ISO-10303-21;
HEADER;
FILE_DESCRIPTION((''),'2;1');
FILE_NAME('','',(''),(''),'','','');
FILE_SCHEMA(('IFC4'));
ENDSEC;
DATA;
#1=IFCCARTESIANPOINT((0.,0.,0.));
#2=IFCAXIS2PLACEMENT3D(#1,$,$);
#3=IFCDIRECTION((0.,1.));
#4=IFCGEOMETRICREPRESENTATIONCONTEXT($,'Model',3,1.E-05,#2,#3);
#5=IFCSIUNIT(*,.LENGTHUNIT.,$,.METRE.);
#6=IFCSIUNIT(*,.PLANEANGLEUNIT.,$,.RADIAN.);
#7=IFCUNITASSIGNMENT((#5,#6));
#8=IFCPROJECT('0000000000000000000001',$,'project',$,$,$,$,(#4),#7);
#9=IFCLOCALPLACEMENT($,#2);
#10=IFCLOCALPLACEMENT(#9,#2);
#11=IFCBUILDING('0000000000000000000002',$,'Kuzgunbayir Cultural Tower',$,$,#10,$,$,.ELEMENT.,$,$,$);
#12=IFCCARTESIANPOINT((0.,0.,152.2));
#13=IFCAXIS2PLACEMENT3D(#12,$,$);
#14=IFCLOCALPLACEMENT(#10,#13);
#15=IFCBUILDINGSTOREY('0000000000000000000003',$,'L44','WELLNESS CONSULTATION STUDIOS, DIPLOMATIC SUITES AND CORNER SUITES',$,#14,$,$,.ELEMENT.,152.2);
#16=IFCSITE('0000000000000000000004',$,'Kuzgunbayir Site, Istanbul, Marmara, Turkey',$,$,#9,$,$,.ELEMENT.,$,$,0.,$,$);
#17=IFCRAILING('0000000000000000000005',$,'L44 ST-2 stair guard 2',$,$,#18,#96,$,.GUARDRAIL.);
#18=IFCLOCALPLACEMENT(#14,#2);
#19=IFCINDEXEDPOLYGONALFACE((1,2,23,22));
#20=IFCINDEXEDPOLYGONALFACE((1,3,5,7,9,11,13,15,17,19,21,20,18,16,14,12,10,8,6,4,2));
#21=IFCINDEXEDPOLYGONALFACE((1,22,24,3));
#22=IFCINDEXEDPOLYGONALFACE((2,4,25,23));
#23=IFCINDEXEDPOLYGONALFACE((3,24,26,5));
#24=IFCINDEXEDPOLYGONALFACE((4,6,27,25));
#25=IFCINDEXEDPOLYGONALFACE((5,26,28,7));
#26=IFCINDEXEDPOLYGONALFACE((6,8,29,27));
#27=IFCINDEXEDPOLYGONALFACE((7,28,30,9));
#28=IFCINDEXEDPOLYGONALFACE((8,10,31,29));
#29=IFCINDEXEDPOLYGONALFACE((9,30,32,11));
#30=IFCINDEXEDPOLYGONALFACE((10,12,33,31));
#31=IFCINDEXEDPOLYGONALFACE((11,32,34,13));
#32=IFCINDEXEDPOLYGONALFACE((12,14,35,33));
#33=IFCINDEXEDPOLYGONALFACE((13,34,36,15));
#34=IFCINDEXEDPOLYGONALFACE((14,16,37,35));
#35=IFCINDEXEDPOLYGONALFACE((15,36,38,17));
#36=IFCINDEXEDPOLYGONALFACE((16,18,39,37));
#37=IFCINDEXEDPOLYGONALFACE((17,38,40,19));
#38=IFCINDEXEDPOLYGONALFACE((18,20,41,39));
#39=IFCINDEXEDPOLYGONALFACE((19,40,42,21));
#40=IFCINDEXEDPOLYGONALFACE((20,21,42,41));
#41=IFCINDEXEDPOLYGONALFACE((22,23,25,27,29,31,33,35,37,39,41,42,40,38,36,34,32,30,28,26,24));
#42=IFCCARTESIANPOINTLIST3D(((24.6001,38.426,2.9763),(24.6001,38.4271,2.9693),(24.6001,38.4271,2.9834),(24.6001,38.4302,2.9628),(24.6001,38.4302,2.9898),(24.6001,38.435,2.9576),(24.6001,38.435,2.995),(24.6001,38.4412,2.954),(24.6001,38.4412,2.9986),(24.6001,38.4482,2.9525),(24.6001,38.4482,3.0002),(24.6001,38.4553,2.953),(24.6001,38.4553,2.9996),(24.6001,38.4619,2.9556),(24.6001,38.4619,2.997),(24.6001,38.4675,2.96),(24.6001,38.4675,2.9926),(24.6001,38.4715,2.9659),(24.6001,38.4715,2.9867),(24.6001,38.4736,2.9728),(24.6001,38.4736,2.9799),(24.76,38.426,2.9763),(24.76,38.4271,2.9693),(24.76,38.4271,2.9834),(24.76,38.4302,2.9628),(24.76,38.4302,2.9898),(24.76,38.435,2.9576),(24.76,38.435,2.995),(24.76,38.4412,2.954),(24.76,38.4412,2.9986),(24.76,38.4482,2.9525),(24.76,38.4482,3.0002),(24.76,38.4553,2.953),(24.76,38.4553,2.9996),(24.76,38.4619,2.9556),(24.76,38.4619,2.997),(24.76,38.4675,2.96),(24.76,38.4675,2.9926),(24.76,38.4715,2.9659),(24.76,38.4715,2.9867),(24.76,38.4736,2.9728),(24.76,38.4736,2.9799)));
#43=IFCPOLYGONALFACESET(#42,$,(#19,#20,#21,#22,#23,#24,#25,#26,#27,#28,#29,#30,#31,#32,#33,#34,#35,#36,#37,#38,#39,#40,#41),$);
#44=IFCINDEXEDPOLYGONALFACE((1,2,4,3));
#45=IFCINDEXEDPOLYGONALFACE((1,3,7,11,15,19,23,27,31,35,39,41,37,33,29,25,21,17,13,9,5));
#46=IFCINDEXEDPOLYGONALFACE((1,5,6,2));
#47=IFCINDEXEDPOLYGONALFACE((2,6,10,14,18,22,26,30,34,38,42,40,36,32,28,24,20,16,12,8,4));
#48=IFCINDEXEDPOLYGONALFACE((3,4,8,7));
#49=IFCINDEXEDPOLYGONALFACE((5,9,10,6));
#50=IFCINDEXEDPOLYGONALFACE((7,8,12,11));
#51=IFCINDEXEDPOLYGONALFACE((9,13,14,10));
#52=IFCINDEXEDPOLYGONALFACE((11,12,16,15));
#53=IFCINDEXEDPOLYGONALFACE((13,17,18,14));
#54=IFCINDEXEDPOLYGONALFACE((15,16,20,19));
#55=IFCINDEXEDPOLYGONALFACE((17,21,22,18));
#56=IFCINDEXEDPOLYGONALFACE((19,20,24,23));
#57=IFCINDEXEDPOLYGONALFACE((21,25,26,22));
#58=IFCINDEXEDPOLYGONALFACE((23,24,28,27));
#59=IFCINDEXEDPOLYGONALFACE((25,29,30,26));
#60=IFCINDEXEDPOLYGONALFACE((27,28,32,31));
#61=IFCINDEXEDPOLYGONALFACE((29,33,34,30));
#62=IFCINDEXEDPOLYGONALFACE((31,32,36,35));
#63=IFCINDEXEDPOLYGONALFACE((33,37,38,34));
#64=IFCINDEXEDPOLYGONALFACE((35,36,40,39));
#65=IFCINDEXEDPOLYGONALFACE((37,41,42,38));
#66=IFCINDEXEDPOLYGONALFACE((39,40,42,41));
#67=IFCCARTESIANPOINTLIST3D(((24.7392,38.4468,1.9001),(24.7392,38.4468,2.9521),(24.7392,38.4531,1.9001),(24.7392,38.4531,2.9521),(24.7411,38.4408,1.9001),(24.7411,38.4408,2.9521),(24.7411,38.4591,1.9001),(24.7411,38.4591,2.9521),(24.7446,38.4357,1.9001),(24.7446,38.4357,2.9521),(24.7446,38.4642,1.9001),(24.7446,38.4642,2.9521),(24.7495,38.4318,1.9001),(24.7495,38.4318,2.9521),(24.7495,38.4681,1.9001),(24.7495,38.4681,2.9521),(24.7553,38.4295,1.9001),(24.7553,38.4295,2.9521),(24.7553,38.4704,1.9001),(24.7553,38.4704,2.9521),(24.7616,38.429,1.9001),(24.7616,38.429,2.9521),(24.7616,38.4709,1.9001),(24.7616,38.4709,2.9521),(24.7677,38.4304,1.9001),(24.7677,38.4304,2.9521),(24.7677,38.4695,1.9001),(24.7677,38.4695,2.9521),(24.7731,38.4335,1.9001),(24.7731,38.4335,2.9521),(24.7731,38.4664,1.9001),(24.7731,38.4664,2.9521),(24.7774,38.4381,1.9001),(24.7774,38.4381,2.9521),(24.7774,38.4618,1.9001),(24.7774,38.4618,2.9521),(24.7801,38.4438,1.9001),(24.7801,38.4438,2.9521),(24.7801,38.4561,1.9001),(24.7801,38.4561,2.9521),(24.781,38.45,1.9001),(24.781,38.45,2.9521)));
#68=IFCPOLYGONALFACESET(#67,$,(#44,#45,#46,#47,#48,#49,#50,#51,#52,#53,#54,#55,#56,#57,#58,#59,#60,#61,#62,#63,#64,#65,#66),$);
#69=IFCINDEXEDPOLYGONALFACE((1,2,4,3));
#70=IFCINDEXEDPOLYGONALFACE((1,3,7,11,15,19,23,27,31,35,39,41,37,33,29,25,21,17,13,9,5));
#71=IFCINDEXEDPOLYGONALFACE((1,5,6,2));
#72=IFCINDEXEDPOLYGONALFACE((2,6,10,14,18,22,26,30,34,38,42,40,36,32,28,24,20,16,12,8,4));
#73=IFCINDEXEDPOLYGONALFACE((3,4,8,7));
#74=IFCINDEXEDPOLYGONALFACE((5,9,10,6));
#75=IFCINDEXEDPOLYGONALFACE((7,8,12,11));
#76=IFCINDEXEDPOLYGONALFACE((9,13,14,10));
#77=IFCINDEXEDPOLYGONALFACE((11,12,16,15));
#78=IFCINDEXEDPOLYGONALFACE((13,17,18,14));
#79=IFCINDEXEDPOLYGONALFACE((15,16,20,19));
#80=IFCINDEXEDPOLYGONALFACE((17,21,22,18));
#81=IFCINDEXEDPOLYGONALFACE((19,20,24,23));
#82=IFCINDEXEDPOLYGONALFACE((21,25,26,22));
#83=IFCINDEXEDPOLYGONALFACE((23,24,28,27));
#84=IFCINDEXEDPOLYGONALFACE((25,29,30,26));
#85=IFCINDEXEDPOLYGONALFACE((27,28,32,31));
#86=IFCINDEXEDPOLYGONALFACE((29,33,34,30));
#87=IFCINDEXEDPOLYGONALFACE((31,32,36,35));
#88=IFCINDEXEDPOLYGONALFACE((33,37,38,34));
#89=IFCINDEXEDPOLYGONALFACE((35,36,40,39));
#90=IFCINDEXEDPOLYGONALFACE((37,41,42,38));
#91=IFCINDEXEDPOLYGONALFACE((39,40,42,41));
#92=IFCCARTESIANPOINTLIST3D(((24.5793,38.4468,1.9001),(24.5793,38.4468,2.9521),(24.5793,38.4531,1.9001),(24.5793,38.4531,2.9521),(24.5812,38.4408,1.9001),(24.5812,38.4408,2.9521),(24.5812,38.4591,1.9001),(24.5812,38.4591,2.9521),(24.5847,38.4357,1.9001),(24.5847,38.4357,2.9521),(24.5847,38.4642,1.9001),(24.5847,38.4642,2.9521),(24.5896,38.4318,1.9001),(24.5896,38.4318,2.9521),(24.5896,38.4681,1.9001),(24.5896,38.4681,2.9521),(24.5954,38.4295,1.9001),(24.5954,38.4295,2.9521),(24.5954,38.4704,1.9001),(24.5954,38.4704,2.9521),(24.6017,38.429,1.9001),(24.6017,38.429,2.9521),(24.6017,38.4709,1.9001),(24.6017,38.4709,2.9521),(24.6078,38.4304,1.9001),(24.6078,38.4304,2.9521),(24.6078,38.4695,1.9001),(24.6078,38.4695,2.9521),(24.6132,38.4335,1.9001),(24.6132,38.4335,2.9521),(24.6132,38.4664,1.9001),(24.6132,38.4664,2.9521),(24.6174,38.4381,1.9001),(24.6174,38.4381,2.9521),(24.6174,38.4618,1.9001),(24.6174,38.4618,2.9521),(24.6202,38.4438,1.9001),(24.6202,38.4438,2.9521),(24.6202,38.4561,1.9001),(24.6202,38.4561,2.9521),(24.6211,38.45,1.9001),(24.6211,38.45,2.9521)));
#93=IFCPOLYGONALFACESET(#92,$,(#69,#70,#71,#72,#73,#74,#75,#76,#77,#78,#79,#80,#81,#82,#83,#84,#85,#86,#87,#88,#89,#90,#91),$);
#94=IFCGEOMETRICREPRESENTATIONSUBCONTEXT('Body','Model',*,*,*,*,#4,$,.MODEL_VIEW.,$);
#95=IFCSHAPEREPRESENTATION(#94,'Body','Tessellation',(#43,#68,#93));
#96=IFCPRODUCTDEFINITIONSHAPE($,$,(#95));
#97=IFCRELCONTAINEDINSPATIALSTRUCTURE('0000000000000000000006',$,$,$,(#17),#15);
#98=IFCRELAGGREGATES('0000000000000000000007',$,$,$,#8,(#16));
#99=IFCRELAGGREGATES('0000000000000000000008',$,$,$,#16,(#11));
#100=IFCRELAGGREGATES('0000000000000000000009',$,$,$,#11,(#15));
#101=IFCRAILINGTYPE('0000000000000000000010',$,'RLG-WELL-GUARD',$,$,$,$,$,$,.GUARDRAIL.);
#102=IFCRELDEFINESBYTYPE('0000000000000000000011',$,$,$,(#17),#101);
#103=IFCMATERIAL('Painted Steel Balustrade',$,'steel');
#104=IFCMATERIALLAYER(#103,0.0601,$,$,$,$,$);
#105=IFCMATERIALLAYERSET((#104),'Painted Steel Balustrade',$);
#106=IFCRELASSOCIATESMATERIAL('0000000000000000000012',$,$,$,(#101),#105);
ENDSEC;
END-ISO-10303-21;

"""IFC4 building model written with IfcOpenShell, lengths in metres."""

from ifc_helpers import new_model, si_unit, direction, frame, origin, origin_2d, place, context, subcontext, project, spatial, circle, extrude, material, layer, layer_set, type_object, element, save


model = new_model("IFC4")

# Units and contexts
model_context = context("Model", 3, precision=1e-05, world=origin(), true_north=direction((0.0, 1.0)))
body_context = subcontext(model_context, "Body", "Model", "MODEL_VIEW")
ifc_project = project(units=[si_unit("LENGTHUNIT", "METRE"), si_unit("PLANEANGLEUNIT", "RADIAN")], contexts=[model_context])

# Site, building, storey
site_placement = place(None, origin())
site = spatial("IfcSite", under=ifc_project, at=site_placement, Name="Kuzgunbayir Site, Istanbul, Marmara, Turkey", CompositionType="ELEMENT", RefElevation=0.0)
building_placement = place(site_placement, origin())
building = spatial("IfcBuilding", under=site, at=building_placement, Name="Kuzgunbayir Cultural Tower", CompositionType="ELEMENT")
storey_placement = place(building_placement, frame((0.0, 0.0, 152.2)))
storey = spatial("IfcBuildingStorey", under=building, at=storey_placement, Name="L44", Description="WELLNESS CONSULTATION STUDIOS, DIPLOMATIC SUITES AND CORNER SUITES", CompositionType="ELEMENT", Elevation=152.2)

# Railing
ifc_material_1 = material(Name="Painted Steel Balustrade", Category="steel")
ifc_layer_1 = layer(ifc_material_1, 0.0601)
ifc_layer_set_1 = layer_set([ifc_layer_1], Name="Painted Steel Balustrade")
railing_type_1 = type_object("IfcRailingType", Name="RLG-WELL-GUARD", PredefinedType="GUARDRAIL", material=ifc_layer_set_1)
railing_1_placement = place(storey_placement, frame((24.76, 38.45, 1.9001)))
element("IfcRailing", 1, at=railing_1_placement, inside=storey, type_object=railing_type_1, Name="L44 ST-2 stair guard 2", PredefinedType="GUARDRAIL", context=body_context, shape_type="SweptSolid", body=[
    extrude(circle(Radius=0.0239, at=origin_2d()), frame((0.0, 0.0, 1.0762), z_axis=(-1.0, 0.0, 0.0), x_axis=(0.0, -1.0, 0.0)), (0.0, 0.0, 1.0), 0.1599),
    extrude(circle(Radius=0.021, at=origin_2d()), origin(), (0.0, 0.0, 1.0), 1.052),
    extrude(circle(Radius=0.021, at=origin_2d()), frame((-0.1599, 0.0, 0.0)), (0.0, 0.0, 1.0), 1.052),
])

save(model, "model.ifc")
